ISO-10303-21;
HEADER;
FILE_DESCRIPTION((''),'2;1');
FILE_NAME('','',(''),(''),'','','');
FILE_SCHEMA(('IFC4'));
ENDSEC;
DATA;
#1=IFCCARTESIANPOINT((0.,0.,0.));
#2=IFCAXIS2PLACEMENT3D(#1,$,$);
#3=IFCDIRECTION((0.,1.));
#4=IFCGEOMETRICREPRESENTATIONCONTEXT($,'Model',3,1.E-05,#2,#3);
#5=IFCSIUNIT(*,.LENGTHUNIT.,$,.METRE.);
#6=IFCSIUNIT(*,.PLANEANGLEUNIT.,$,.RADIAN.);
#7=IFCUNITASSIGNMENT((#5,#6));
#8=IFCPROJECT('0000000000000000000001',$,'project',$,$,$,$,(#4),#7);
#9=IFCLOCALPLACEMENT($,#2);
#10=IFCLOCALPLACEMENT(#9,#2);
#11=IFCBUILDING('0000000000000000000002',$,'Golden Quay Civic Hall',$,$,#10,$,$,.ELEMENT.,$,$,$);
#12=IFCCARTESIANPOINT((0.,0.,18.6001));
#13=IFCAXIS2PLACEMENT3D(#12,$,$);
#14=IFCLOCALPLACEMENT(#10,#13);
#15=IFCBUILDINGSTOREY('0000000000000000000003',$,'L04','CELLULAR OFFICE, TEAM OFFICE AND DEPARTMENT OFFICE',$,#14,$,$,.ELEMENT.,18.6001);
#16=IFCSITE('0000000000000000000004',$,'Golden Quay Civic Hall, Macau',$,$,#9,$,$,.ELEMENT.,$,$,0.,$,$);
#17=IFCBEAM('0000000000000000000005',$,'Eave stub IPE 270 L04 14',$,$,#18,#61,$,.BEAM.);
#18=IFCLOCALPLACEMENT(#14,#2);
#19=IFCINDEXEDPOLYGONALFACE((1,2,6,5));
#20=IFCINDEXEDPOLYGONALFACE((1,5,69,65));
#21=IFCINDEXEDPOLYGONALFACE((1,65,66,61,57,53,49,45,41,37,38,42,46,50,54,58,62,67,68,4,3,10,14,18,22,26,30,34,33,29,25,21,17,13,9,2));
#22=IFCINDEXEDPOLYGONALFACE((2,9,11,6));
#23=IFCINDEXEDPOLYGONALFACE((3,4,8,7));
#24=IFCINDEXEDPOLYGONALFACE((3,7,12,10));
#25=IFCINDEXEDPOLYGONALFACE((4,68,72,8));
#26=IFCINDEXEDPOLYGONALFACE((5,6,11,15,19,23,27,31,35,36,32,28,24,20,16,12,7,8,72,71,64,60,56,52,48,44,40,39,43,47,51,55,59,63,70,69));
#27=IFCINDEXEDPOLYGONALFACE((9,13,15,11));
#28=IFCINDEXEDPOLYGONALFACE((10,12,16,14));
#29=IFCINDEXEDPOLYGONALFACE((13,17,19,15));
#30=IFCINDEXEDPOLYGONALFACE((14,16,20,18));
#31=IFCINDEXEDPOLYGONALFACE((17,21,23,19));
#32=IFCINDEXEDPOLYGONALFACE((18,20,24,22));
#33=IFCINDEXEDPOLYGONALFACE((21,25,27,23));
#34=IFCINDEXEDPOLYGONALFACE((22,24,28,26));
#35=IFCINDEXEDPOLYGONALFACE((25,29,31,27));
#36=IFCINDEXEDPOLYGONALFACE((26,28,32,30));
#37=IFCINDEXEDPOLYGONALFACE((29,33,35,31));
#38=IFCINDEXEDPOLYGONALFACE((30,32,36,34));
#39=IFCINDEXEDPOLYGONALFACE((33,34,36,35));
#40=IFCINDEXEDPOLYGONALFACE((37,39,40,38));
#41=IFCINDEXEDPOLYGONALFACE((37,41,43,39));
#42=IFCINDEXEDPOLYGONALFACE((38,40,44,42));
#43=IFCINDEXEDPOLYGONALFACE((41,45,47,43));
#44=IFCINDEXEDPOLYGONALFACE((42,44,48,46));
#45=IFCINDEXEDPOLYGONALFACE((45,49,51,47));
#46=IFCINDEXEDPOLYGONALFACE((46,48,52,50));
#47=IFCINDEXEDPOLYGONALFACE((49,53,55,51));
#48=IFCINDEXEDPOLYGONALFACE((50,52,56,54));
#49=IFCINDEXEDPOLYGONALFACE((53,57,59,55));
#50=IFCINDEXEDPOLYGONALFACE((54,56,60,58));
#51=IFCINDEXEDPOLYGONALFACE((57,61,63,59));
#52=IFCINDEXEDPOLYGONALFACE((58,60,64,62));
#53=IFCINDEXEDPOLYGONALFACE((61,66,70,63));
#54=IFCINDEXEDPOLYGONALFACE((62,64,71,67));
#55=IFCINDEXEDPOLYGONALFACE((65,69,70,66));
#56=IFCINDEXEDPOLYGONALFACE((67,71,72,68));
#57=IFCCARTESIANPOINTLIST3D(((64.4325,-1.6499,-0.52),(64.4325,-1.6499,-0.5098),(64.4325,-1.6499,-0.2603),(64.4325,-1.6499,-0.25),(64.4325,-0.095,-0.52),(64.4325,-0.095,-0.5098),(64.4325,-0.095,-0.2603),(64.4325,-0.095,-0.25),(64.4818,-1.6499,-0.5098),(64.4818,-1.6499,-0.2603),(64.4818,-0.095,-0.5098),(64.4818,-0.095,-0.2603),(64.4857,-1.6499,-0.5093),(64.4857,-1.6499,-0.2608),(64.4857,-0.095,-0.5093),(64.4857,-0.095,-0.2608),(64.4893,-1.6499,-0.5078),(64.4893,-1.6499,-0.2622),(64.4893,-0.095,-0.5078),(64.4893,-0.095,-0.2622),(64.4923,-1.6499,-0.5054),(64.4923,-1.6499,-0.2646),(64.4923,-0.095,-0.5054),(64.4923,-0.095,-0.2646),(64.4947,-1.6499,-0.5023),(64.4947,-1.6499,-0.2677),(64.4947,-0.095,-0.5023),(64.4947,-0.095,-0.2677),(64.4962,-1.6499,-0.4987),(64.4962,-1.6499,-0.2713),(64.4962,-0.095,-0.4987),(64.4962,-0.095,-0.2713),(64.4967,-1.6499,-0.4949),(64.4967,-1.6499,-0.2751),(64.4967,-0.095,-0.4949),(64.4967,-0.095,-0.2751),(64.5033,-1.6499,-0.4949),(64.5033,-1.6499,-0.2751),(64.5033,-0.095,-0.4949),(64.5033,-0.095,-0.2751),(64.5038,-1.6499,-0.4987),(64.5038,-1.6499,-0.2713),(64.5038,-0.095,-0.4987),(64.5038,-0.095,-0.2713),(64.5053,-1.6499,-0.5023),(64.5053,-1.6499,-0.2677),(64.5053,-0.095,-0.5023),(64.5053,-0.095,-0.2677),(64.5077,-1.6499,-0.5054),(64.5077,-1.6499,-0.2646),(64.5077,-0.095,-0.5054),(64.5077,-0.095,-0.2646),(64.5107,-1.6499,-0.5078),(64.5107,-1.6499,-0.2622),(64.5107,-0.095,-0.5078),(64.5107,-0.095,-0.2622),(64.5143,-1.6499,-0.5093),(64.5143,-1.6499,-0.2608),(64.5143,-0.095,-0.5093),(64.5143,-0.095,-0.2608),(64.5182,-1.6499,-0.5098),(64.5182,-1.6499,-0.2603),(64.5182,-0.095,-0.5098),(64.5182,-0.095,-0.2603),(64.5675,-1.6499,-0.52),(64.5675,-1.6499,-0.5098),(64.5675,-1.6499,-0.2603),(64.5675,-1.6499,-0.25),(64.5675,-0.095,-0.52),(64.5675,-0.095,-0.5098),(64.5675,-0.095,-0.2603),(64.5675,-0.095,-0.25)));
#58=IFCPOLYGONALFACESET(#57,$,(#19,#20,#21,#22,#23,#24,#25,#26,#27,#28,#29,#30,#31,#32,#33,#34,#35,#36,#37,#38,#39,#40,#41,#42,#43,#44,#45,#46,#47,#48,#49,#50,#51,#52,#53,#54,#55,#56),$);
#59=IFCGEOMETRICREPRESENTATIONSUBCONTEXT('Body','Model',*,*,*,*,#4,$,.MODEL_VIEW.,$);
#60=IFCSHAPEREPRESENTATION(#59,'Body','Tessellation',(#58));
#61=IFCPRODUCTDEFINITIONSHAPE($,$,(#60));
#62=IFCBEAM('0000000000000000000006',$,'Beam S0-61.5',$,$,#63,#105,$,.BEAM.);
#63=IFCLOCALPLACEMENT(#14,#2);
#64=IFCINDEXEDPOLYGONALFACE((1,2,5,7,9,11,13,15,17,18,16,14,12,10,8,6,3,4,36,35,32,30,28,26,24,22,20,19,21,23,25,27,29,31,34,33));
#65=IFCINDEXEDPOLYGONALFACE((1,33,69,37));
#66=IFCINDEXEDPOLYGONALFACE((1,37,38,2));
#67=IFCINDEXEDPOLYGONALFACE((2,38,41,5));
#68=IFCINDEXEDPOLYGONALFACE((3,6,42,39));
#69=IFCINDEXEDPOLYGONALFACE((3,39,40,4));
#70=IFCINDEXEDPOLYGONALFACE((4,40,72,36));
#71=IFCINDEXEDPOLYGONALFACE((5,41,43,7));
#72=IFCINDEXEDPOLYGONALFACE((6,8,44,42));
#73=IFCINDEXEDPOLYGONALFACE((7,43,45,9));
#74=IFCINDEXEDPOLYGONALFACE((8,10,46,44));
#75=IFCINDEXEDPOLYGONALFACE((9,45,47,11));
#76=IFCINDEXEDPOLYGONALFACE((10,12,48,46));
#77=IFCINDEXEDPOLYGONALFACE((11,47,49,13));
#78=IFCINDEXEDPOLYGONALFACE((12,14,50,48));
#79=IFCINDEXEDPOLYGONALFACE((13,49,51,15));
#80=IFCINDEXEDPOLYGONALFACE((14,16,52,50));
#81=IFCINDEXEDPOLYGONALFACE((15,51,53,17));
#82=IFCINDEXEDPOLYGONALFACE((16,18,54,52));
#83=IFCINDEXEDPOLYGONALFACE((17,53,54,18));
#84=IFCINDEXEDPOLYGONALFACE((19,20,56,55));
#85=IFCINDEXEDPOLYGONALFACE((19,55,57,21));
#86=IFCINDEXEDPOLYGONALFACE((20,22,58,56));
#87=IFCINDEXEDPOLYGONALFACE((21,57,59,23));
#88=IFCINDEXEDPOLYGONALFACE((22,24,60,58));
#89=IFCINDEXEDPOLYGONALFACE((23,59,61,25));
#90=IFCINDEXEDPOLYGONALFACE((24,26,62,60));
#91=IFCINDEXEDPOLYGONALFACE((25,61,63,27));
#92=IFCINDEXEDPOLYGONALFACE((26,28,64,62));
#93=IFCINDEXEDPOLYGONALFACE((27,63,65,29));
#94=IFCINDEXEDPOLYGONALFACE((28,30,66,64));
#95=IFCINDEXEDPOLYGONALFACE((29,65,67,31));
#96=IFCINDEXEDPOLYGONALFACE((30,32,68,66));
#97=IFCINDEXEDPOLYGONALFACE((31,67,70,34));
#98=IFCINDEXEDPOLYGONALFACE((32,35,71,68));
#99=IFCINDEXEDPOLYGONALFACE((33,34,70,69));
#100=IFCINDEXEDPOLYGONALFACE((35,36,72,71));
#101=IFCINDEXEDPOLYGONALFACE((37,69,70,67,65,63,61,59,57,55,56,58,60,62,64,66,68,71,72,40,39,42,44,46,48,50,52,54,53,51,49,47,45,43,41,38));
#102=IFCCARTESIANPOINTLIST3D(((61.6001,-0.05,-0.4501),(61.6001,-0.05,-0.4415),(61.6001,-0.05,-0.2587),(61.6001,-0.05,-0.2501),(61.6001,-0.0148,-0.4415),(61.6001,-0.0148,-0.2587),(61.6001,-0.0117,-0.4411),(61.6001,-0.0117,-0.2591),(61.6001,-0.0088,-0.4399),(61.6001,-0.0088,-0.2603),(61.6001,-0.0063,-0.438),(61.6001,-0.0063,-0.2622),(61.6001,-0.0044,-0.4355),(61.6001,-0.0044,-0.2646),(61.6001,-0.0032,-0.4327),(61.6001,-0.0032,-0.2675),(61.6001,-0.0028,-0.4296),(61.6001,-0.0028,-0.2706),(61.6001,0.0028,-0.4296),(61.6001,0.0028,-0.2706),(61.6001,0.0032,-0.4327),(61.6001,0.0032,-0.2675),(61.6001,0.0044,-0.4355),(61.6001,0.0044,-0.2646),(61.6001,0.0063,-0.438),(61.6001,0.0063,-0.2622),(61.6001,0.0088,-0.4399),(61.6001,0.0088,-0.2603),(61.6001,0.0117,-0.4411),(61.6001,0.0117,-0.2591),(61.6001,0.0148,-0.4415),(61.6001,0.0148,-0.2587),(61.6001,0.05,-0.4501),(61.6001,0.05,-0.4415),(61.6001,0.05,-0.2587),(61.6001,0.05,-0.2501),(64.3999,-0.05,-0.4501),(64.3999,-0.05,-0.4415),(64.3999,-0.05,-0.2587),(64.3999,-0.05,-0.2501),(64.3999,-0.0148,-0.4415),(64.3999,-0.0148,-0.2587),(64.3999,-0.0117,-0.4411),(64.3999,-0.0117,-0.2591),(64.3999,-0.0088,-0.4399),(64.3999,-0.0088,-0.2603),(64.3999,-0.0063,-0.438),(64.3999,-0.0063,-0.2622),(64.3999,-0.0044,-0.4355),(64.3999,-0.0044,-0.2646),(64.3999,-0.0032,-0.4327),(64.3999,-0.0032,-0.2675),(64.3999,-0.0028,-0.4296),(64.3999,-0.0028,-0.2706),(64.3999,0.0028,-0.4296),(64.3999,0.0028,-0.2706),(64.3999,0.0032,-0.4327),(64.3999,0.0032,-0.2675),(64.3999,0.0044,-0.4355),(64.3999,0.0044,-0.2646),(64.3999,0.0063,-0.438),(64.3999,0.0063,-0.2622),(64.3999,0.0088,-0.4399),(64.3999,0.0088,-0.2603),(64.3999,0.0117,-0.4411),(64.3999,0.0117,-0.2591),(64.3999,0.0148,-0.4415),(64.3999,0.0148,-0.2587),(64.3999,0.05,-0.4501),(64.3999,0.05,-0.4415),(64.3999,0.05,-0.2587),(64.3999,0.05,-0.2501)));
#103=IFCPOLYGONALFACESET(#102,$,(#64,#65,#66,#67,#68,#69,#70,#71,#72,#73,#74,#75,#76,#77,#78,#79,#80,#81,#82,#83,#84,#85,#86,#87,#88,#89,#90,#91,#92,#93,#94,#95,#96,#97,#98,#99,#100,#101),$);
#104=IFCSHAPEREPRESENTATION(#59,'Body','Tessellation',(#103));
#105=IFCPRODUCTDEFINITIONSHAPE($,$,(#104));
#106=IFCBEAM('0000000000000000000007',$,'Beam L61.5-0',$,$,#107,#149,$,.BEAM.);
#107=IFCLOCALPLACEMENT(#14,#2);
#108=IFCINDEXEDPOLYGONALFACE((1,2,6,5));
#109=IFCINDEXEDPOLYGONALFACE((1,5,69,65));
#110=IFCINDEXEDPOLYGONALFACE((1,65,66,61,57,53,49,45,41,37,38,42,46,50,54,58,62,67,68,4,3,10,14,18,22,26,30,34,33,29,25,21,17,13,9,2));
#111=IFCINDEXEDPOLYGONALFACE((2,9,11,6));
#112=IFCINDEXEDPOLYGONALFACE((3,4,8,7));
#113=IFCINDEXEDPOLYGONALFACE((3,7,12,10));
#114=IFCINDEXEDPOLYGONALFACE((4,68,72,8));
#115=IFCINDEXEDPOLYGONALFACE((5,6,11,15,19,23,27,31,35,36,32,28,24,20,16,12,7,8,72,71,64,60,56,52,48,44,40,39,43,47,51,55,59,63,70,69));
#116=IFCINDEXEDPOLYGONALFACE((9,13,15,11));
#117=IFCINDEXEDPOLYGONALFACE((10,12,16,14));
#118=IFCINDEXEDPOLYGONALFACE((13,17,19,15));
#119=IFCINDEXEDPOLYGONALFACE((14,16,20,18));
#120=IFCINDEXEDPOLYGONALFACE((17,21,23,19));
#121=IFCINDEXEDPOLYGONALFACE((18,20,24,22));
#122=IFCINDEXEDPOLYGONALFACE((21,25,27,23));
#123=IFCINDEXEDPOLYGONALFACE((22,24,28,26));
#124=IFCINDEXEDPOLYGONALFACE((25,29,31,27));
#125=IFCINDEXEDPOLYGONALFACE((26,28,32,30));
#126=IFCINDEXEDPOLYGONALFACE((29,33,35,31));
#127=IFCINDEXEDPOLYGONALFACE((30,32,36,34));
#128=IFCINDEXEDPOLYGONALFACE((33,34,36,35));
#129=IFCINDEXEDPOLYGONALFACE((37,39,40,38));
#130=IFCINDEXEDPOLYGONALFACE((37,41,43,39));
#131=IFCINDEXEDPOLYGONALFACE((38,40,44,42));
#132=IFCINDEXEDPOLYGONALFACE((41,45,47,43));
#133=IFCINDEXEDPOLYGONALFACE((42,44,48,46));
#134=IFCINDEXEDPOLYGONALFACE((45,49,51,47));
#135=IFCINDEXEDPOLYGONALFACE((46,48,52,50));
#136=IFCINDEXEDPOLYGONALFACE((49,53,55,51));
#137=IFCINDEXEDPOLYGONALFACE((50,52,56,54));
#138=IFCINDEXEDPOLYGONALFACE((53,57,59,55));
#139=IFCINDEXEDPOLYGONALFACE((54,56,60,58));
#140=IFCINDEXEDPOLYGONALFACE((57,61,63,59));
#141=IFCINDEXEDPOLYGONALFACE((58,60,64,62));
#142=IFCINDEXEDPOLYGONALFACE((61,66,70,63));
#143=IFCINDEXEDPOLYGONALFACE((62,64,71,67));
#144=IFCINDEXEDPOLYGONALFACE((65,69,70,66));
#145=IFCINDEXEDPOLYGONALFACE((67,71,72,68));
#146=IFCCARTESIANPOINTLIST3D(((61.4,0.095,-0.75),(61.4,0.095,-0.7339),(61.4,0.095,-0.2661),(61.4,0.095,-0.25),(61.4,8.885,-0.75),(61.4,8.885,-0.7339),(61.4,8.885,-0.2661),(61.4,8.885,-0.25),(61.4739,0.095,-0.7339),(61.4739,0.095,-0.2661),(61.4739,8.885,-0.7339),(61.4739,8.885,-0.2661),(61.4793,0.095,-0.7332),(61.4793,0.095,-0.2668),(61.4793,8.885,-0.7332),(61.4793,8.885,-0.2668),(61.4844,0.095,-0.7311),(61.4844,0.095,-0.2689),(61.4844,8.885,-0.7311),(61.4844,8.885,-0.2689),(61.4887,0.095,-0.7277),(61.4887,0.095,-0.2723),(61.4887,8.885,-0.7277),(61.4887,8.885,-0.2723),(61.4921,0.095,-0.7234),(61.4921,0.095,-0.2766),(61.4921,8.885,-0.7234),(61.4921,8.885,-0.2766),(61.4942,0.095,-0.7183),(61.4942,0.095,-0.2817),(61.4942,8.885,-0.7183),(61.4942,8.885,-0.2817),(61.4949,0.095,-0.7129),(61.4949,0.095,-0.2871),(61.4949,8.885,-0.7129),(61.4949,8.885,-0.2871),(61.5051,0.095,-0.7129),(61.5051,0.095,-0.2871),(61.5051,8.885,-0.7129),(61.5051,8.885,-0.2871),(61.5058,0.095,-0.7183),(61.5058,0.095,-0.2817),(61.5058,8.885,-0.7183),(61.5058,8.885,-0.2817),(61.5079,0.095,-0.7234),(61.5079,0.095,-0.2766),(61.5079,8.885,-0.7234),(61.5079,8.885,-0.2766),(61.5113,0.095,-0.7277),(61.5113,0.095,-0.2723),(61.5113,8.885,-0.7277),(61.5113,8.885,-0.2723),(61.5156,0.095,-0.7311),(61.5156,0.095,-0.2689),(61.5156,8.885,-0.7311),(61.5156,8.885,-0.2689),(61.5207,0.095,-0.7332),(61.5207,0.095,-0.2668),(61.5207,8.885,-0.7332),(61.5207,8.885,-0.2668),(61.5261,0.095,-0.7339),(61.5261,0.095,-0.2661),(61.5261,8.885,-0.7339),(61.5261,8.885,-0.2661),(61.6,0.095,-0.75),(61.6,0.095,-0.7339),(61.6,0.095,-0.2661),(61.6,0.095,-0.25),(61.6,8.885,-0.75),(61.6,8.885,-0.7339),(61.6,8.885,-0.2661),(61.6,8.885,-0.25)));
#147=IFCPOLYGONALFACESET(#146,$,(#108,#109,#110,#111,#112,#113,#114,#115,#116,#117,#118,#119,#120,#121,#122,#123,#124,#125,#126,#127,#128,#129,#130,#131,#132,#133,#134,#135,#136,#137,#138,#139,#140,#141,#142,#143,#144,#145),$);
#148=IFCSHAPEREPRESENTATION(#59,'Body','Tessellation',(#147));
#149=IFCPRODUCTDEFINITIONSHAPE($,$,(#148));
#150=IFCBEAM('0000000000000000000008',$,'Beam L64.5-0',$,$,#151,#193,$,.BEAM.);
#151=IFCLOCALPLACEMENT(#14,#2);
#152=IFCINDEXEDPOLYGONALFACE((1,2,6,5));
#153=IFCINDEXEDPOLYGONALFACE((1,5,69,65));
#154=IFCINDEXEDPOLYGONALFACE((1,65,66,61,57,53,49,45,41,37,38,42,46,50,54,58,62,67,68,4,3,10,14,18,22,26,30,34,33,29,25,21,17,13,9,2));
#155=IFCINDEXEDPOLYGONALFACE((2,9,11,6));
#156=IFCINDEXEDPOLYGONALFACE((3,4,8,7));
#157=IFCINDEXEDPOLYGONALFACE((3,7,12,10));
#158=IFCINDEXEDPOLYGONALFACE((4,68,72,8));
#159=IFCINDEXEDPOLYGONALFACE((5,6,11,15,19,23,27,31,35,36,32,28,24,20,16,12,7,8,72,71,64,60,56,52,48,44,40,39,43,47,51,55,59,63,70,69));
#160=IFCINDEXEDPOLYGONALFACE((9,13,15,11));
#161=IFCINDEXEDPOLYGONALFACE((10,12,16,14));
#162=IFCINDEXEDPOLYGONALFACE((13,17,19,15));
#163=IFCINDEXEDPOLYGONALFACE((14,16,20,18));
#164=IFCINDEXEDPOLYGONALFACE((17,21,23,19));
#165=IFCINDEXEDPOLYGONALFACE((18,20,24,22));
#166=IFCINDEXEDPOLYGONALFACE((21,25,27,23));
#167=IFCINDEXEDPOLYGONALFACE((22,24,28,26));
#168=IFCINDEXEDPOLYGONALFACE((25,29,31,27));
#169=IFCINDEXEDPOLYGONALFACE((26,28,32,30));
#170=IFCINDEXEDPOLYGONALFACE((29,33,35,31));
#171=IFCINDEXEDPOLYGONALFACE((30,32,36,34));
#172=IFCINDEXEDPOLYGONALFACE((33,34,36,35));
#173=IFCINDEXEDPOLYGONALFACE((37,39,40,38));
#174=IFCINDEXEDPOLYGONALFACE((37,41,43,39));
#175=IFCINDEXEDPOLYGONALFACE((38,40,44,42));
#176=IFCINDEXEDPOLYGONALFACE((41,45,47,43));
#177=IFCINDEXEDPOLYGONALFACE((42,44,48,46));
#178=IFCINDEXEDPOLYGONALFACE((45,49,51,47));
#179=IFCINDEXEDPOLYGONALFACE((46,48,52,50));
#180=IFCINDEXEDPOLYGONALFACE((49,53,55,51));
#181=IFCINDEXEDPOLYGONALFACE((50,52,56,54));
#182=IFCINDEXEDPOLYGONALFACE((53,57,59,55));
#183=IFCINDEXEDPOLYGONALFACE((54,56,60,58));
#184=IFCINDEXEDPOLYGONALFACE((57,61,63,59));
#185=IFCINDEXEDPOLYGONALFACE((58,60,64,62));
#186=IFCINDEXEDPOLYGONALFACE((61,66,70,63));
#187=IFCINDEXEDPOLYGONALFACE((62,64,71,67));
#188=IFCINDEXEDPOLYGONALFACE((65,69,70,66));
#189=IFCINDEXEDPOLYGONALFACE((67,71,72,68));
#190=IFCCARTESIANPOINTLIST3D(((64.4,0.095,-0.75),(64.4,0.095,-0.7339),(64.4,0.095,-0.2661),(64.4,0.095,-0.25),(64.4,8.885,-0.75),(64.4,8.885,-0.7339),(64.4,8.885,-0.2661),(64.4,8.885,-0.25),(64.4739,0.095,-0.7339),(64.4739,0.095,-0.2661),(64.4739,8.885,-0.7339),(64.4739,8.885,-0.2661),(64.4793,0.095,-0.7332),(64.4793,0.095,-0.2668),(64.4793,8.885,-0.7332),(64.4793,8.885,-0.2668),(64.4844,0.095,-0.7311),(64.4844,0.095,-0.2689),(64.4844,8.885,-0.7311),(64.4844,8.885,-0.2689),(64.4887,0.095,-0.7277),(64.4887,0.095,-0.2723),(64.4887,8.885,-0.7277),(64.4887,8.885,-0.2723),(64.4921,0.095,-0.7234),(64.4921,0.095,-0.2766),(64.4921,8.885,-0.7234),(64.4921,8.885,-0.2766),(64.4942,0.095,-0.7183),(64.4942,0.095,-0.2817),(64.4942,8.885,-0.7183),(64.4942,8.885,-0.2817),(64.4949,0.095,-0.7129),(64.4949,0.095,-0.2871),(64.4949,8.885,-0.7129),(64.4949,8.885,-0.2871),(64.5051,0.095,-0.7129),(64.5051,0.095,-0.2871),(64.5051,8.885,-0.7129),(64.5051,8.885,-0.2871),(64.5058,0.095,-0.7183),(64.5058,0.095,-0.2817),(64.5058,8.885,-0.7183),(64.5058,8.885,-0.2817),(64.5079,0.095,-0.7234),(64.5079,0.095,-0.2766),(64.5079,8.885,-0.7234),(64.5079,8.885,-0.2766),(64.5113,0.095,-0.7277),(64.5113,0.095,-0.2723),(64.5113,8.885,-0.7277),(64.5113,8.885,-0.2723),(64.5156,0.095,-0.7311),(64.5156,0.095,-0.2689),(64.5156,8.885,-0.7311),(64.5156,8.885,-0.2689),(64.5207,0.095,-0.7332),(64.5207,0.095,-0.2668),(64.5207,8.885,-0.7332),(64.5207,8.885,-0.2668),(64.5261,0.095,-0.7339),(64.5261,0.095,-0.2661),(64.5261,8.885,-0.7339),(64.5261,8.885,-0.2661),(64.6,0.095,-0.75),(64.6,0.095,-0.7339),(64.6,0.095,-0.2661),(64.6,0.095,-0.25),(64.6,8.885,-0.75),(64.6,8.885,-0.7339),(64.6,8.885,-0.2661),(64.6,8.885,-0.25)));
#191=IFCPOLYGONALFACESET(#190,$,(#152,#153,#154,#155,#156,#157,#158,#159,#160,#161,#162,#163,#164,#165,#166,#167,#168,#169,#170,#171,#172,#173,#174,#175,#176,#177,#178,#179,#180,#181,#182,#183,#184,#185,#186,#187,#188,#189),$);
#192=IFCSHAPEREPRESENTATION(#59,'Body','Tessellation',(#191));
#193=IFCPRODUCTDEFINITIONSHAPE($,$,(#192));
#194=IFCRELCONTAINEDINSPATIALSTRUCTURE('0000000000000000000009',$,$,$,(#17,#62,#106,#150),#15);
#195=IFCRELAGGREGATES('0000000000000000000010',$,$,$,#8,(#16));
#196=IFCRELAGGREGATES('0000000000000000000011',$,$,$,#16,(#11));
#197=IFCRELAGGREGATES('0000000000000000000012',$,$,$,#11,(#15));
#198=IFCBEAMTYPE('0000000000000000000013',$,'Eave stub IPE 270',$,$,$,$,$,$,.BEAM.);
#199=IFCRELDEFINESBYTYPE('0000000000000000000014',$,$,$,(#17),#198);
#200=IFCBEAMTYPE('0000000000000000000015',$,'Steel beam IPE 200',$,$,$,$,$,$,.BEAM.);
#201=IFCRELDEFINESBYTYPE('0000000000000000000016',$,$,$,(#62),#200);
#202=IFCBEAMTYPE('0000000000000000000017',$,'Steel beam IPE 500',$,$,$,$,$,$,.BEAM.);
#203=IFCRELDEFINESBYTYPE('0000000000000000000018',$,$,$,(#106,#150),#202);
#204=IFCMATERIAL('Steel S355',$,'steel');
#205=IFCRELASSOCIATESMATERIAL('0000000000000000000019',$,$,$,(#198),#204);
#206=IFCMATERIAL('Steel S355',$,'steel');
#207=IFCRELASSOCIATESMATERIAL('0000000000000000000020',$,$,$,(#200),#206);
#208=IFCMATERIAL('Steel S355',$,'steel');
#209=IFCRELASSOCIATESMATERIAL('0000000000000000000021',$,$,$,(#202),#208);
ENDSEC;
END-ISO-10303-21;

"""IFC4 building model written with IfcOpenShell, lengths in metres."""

from ifc_helpers import new_model, si_unit, direction, frame, origin, origin_2d, place, context, subcontext, project, spatial, i_section, extrude, material, material_profile, profile_set, type_object, element, save


model = new_model("IFC4")

# Units and contexts
model_context = context("Model", 3, precision=1e-05, world=origin(), true_north=direction((0.0, 1.0)))
body_context = subcontext(model_context, "Body", "Model", "MODEL_VIEW")
ifc_project = project(units=[si_unit("LENGTHUNIT", "METRE"), si_unit("PLANEANGLEUNIT", "RADIAN")], contexts=[model_context])

# Site, building, storey
site_placement = place(None, origin())
site = spatial("IfcSite", under=ifc_project, at=site_placement, Name="Golden Quay Civic Hall, Macau", CompositionType="ELEMENT", RefElevation=0.0)
building_placement = place(site_placement, origin())
building = spatial("IfcBuilding", under=site, at=building_placement, Name="Golden Quay Civic Hall", CompositionType="ELEMENT")
storey_placement = place(building_placement, frame((0.0, 0.0, 18.6001)))
storey = spatial("IfcBuildingStorey", under=building, at=storey_placement, Name="L04", Description="CELLULAR OFFICE, TEAM OFFICE AND DEPARTMENT OFFICE", CompositionType="ELEMENT", Elevation=18.6001)

# Beams
ifc_material_1 = material(Name="Steel S355", Category="steel")
ifc_material_profile_1 = material_profile(ifc_material_1, i_section(OverallWidth=0.135, OverallDepth=0.27, WebThickness=0.0066, FlangeThickness=0.0103, FilletRadius=0.0149, at=origin_2d()), Name="IPE 270")
ifc_profile_set_1 = profile_set([ifc_material_profile_1], Name="Steel S355")
beam_type_1 = type_object("IfcBeamType", Name="Eave stub IPE 270", PredefinedType="BEAM", material=ifc_profile_set_1)
for number, where, z_axis, x_axis, name in (
    (1, (64.5, -0.095, -0.385), (0.0, -1.0, 0.0), (1.0, 0.0, 0.0), "Eave stub IPE 270 L04 14"),
):
    element("IfcBeam", number, at=place(storey_placement, frame(where, z_axis=z_axis, x_axis=x_axis)), inside=storey, type_object=beam_type_1, Name=name, PredefinedType="BEAM", context=body_context, shape_type="SweptSolid", body=[
        extrude(i_section(OverallWidth=0.135, OverallDepth=0.27, WebThickness=0.0066, FlangeThickness=0.0103, FilletRadius=0.0149, at=origin_2d()), origin(), (0.0, 0.0, 1.0), 1.5549),
    ])
ifc_material_2 = material(Name="Steel S355", Category="steel")
ifc_material_profile_2 = material_profile(ifc_material_2, i_section(OverallWidth=0.1001, OverallDepth=0.2, WebThickness=0.0056, FlangeThickness=0.0085, FilletRadius=0.012, at=origin_2d()), Name="IPE 200")
ifc_profile_set_2 = profile_set([ifc_material_profile_2], Name="Steel S355")
beam_type_2 = type_object("IfcBeamType", Name="Steel beam IPE 200", PredefinedType="BEAM", material=ifc_profile_set_2)
beam_1_placement = place(storey_placement, frame((61.6001, 0.0, -0.3501), z_axis=(1.0, 0.0, 0.0), x_axis=(0.0, 1.0, 0.0)))
element("IfcBeam", 2, at=beam_1_placement, inside=storey, type_object=beam_type_2, Name="Beam S0-61.5", PredefinedType="BEAM", context=body_context, shape_type="SweptSolid", body=[
    extrude(i_section(OverallWidth=0.1001, OverallDepth=0.2, WebThickness=0.0056, FlangeThickness=0.0085, FilletRadius=0.012, at=origin_2d()), origin(), (0.0, 0.0, 1.0), 2.7998),
])
ifc_material_3 = material(Name="Steel S355", Category="steel")
ifc_material_profile_3 = material_profile(ifc_material_3, i_section(OverallWidth=0.2, OverallDepth=0.5, WebThickness=0.0103, FlangeThickness=0.0161, FilletRadius=0.021, at=origin_2d()), Name="IPE 500")
ifc_profile_set_3 = profile_set([ifc_material_profile_3], Name="Steel S355")
beam_type_3 = type_object("IfcBeamType", Name="Steel beam IPE 500", PredefinedType="BEAM", material=ifc_profile_set_3)
for number, where, z_axis, x_axis, name in (
    (3, (61.5, 0.095, -0.5), (0.0, 1.0, 0.0), (-1.0, 0.0, 0.0), "Beam L61.5-0"),
    (4, (64.5, 0.095, -0.5), (0.0, 1.0, 0.0), (-1.0, 0.0, 0.0), "Beam L64.5-0"),
):
    element("IfcBeam", number, at=place(storey_placement, frame(where, z_axis=z_axis, x_axis=x_axis)), inside=storey, type_object=beam_type_3, Name=name, PredefinedType="BEAM", context=body_context, shape_type="SweptSolid", body=[
        extrude(i_section(OverallWidth=0.2, OverallDepth=0.5, WebThickness=0.0103, FlangeThickness=0.0161, FilletRadius=0.021, at=origin_2d()), origin(), (0.0, 0.0, 1.0), 8.79),
    ])

save(model, "model.ifc")
